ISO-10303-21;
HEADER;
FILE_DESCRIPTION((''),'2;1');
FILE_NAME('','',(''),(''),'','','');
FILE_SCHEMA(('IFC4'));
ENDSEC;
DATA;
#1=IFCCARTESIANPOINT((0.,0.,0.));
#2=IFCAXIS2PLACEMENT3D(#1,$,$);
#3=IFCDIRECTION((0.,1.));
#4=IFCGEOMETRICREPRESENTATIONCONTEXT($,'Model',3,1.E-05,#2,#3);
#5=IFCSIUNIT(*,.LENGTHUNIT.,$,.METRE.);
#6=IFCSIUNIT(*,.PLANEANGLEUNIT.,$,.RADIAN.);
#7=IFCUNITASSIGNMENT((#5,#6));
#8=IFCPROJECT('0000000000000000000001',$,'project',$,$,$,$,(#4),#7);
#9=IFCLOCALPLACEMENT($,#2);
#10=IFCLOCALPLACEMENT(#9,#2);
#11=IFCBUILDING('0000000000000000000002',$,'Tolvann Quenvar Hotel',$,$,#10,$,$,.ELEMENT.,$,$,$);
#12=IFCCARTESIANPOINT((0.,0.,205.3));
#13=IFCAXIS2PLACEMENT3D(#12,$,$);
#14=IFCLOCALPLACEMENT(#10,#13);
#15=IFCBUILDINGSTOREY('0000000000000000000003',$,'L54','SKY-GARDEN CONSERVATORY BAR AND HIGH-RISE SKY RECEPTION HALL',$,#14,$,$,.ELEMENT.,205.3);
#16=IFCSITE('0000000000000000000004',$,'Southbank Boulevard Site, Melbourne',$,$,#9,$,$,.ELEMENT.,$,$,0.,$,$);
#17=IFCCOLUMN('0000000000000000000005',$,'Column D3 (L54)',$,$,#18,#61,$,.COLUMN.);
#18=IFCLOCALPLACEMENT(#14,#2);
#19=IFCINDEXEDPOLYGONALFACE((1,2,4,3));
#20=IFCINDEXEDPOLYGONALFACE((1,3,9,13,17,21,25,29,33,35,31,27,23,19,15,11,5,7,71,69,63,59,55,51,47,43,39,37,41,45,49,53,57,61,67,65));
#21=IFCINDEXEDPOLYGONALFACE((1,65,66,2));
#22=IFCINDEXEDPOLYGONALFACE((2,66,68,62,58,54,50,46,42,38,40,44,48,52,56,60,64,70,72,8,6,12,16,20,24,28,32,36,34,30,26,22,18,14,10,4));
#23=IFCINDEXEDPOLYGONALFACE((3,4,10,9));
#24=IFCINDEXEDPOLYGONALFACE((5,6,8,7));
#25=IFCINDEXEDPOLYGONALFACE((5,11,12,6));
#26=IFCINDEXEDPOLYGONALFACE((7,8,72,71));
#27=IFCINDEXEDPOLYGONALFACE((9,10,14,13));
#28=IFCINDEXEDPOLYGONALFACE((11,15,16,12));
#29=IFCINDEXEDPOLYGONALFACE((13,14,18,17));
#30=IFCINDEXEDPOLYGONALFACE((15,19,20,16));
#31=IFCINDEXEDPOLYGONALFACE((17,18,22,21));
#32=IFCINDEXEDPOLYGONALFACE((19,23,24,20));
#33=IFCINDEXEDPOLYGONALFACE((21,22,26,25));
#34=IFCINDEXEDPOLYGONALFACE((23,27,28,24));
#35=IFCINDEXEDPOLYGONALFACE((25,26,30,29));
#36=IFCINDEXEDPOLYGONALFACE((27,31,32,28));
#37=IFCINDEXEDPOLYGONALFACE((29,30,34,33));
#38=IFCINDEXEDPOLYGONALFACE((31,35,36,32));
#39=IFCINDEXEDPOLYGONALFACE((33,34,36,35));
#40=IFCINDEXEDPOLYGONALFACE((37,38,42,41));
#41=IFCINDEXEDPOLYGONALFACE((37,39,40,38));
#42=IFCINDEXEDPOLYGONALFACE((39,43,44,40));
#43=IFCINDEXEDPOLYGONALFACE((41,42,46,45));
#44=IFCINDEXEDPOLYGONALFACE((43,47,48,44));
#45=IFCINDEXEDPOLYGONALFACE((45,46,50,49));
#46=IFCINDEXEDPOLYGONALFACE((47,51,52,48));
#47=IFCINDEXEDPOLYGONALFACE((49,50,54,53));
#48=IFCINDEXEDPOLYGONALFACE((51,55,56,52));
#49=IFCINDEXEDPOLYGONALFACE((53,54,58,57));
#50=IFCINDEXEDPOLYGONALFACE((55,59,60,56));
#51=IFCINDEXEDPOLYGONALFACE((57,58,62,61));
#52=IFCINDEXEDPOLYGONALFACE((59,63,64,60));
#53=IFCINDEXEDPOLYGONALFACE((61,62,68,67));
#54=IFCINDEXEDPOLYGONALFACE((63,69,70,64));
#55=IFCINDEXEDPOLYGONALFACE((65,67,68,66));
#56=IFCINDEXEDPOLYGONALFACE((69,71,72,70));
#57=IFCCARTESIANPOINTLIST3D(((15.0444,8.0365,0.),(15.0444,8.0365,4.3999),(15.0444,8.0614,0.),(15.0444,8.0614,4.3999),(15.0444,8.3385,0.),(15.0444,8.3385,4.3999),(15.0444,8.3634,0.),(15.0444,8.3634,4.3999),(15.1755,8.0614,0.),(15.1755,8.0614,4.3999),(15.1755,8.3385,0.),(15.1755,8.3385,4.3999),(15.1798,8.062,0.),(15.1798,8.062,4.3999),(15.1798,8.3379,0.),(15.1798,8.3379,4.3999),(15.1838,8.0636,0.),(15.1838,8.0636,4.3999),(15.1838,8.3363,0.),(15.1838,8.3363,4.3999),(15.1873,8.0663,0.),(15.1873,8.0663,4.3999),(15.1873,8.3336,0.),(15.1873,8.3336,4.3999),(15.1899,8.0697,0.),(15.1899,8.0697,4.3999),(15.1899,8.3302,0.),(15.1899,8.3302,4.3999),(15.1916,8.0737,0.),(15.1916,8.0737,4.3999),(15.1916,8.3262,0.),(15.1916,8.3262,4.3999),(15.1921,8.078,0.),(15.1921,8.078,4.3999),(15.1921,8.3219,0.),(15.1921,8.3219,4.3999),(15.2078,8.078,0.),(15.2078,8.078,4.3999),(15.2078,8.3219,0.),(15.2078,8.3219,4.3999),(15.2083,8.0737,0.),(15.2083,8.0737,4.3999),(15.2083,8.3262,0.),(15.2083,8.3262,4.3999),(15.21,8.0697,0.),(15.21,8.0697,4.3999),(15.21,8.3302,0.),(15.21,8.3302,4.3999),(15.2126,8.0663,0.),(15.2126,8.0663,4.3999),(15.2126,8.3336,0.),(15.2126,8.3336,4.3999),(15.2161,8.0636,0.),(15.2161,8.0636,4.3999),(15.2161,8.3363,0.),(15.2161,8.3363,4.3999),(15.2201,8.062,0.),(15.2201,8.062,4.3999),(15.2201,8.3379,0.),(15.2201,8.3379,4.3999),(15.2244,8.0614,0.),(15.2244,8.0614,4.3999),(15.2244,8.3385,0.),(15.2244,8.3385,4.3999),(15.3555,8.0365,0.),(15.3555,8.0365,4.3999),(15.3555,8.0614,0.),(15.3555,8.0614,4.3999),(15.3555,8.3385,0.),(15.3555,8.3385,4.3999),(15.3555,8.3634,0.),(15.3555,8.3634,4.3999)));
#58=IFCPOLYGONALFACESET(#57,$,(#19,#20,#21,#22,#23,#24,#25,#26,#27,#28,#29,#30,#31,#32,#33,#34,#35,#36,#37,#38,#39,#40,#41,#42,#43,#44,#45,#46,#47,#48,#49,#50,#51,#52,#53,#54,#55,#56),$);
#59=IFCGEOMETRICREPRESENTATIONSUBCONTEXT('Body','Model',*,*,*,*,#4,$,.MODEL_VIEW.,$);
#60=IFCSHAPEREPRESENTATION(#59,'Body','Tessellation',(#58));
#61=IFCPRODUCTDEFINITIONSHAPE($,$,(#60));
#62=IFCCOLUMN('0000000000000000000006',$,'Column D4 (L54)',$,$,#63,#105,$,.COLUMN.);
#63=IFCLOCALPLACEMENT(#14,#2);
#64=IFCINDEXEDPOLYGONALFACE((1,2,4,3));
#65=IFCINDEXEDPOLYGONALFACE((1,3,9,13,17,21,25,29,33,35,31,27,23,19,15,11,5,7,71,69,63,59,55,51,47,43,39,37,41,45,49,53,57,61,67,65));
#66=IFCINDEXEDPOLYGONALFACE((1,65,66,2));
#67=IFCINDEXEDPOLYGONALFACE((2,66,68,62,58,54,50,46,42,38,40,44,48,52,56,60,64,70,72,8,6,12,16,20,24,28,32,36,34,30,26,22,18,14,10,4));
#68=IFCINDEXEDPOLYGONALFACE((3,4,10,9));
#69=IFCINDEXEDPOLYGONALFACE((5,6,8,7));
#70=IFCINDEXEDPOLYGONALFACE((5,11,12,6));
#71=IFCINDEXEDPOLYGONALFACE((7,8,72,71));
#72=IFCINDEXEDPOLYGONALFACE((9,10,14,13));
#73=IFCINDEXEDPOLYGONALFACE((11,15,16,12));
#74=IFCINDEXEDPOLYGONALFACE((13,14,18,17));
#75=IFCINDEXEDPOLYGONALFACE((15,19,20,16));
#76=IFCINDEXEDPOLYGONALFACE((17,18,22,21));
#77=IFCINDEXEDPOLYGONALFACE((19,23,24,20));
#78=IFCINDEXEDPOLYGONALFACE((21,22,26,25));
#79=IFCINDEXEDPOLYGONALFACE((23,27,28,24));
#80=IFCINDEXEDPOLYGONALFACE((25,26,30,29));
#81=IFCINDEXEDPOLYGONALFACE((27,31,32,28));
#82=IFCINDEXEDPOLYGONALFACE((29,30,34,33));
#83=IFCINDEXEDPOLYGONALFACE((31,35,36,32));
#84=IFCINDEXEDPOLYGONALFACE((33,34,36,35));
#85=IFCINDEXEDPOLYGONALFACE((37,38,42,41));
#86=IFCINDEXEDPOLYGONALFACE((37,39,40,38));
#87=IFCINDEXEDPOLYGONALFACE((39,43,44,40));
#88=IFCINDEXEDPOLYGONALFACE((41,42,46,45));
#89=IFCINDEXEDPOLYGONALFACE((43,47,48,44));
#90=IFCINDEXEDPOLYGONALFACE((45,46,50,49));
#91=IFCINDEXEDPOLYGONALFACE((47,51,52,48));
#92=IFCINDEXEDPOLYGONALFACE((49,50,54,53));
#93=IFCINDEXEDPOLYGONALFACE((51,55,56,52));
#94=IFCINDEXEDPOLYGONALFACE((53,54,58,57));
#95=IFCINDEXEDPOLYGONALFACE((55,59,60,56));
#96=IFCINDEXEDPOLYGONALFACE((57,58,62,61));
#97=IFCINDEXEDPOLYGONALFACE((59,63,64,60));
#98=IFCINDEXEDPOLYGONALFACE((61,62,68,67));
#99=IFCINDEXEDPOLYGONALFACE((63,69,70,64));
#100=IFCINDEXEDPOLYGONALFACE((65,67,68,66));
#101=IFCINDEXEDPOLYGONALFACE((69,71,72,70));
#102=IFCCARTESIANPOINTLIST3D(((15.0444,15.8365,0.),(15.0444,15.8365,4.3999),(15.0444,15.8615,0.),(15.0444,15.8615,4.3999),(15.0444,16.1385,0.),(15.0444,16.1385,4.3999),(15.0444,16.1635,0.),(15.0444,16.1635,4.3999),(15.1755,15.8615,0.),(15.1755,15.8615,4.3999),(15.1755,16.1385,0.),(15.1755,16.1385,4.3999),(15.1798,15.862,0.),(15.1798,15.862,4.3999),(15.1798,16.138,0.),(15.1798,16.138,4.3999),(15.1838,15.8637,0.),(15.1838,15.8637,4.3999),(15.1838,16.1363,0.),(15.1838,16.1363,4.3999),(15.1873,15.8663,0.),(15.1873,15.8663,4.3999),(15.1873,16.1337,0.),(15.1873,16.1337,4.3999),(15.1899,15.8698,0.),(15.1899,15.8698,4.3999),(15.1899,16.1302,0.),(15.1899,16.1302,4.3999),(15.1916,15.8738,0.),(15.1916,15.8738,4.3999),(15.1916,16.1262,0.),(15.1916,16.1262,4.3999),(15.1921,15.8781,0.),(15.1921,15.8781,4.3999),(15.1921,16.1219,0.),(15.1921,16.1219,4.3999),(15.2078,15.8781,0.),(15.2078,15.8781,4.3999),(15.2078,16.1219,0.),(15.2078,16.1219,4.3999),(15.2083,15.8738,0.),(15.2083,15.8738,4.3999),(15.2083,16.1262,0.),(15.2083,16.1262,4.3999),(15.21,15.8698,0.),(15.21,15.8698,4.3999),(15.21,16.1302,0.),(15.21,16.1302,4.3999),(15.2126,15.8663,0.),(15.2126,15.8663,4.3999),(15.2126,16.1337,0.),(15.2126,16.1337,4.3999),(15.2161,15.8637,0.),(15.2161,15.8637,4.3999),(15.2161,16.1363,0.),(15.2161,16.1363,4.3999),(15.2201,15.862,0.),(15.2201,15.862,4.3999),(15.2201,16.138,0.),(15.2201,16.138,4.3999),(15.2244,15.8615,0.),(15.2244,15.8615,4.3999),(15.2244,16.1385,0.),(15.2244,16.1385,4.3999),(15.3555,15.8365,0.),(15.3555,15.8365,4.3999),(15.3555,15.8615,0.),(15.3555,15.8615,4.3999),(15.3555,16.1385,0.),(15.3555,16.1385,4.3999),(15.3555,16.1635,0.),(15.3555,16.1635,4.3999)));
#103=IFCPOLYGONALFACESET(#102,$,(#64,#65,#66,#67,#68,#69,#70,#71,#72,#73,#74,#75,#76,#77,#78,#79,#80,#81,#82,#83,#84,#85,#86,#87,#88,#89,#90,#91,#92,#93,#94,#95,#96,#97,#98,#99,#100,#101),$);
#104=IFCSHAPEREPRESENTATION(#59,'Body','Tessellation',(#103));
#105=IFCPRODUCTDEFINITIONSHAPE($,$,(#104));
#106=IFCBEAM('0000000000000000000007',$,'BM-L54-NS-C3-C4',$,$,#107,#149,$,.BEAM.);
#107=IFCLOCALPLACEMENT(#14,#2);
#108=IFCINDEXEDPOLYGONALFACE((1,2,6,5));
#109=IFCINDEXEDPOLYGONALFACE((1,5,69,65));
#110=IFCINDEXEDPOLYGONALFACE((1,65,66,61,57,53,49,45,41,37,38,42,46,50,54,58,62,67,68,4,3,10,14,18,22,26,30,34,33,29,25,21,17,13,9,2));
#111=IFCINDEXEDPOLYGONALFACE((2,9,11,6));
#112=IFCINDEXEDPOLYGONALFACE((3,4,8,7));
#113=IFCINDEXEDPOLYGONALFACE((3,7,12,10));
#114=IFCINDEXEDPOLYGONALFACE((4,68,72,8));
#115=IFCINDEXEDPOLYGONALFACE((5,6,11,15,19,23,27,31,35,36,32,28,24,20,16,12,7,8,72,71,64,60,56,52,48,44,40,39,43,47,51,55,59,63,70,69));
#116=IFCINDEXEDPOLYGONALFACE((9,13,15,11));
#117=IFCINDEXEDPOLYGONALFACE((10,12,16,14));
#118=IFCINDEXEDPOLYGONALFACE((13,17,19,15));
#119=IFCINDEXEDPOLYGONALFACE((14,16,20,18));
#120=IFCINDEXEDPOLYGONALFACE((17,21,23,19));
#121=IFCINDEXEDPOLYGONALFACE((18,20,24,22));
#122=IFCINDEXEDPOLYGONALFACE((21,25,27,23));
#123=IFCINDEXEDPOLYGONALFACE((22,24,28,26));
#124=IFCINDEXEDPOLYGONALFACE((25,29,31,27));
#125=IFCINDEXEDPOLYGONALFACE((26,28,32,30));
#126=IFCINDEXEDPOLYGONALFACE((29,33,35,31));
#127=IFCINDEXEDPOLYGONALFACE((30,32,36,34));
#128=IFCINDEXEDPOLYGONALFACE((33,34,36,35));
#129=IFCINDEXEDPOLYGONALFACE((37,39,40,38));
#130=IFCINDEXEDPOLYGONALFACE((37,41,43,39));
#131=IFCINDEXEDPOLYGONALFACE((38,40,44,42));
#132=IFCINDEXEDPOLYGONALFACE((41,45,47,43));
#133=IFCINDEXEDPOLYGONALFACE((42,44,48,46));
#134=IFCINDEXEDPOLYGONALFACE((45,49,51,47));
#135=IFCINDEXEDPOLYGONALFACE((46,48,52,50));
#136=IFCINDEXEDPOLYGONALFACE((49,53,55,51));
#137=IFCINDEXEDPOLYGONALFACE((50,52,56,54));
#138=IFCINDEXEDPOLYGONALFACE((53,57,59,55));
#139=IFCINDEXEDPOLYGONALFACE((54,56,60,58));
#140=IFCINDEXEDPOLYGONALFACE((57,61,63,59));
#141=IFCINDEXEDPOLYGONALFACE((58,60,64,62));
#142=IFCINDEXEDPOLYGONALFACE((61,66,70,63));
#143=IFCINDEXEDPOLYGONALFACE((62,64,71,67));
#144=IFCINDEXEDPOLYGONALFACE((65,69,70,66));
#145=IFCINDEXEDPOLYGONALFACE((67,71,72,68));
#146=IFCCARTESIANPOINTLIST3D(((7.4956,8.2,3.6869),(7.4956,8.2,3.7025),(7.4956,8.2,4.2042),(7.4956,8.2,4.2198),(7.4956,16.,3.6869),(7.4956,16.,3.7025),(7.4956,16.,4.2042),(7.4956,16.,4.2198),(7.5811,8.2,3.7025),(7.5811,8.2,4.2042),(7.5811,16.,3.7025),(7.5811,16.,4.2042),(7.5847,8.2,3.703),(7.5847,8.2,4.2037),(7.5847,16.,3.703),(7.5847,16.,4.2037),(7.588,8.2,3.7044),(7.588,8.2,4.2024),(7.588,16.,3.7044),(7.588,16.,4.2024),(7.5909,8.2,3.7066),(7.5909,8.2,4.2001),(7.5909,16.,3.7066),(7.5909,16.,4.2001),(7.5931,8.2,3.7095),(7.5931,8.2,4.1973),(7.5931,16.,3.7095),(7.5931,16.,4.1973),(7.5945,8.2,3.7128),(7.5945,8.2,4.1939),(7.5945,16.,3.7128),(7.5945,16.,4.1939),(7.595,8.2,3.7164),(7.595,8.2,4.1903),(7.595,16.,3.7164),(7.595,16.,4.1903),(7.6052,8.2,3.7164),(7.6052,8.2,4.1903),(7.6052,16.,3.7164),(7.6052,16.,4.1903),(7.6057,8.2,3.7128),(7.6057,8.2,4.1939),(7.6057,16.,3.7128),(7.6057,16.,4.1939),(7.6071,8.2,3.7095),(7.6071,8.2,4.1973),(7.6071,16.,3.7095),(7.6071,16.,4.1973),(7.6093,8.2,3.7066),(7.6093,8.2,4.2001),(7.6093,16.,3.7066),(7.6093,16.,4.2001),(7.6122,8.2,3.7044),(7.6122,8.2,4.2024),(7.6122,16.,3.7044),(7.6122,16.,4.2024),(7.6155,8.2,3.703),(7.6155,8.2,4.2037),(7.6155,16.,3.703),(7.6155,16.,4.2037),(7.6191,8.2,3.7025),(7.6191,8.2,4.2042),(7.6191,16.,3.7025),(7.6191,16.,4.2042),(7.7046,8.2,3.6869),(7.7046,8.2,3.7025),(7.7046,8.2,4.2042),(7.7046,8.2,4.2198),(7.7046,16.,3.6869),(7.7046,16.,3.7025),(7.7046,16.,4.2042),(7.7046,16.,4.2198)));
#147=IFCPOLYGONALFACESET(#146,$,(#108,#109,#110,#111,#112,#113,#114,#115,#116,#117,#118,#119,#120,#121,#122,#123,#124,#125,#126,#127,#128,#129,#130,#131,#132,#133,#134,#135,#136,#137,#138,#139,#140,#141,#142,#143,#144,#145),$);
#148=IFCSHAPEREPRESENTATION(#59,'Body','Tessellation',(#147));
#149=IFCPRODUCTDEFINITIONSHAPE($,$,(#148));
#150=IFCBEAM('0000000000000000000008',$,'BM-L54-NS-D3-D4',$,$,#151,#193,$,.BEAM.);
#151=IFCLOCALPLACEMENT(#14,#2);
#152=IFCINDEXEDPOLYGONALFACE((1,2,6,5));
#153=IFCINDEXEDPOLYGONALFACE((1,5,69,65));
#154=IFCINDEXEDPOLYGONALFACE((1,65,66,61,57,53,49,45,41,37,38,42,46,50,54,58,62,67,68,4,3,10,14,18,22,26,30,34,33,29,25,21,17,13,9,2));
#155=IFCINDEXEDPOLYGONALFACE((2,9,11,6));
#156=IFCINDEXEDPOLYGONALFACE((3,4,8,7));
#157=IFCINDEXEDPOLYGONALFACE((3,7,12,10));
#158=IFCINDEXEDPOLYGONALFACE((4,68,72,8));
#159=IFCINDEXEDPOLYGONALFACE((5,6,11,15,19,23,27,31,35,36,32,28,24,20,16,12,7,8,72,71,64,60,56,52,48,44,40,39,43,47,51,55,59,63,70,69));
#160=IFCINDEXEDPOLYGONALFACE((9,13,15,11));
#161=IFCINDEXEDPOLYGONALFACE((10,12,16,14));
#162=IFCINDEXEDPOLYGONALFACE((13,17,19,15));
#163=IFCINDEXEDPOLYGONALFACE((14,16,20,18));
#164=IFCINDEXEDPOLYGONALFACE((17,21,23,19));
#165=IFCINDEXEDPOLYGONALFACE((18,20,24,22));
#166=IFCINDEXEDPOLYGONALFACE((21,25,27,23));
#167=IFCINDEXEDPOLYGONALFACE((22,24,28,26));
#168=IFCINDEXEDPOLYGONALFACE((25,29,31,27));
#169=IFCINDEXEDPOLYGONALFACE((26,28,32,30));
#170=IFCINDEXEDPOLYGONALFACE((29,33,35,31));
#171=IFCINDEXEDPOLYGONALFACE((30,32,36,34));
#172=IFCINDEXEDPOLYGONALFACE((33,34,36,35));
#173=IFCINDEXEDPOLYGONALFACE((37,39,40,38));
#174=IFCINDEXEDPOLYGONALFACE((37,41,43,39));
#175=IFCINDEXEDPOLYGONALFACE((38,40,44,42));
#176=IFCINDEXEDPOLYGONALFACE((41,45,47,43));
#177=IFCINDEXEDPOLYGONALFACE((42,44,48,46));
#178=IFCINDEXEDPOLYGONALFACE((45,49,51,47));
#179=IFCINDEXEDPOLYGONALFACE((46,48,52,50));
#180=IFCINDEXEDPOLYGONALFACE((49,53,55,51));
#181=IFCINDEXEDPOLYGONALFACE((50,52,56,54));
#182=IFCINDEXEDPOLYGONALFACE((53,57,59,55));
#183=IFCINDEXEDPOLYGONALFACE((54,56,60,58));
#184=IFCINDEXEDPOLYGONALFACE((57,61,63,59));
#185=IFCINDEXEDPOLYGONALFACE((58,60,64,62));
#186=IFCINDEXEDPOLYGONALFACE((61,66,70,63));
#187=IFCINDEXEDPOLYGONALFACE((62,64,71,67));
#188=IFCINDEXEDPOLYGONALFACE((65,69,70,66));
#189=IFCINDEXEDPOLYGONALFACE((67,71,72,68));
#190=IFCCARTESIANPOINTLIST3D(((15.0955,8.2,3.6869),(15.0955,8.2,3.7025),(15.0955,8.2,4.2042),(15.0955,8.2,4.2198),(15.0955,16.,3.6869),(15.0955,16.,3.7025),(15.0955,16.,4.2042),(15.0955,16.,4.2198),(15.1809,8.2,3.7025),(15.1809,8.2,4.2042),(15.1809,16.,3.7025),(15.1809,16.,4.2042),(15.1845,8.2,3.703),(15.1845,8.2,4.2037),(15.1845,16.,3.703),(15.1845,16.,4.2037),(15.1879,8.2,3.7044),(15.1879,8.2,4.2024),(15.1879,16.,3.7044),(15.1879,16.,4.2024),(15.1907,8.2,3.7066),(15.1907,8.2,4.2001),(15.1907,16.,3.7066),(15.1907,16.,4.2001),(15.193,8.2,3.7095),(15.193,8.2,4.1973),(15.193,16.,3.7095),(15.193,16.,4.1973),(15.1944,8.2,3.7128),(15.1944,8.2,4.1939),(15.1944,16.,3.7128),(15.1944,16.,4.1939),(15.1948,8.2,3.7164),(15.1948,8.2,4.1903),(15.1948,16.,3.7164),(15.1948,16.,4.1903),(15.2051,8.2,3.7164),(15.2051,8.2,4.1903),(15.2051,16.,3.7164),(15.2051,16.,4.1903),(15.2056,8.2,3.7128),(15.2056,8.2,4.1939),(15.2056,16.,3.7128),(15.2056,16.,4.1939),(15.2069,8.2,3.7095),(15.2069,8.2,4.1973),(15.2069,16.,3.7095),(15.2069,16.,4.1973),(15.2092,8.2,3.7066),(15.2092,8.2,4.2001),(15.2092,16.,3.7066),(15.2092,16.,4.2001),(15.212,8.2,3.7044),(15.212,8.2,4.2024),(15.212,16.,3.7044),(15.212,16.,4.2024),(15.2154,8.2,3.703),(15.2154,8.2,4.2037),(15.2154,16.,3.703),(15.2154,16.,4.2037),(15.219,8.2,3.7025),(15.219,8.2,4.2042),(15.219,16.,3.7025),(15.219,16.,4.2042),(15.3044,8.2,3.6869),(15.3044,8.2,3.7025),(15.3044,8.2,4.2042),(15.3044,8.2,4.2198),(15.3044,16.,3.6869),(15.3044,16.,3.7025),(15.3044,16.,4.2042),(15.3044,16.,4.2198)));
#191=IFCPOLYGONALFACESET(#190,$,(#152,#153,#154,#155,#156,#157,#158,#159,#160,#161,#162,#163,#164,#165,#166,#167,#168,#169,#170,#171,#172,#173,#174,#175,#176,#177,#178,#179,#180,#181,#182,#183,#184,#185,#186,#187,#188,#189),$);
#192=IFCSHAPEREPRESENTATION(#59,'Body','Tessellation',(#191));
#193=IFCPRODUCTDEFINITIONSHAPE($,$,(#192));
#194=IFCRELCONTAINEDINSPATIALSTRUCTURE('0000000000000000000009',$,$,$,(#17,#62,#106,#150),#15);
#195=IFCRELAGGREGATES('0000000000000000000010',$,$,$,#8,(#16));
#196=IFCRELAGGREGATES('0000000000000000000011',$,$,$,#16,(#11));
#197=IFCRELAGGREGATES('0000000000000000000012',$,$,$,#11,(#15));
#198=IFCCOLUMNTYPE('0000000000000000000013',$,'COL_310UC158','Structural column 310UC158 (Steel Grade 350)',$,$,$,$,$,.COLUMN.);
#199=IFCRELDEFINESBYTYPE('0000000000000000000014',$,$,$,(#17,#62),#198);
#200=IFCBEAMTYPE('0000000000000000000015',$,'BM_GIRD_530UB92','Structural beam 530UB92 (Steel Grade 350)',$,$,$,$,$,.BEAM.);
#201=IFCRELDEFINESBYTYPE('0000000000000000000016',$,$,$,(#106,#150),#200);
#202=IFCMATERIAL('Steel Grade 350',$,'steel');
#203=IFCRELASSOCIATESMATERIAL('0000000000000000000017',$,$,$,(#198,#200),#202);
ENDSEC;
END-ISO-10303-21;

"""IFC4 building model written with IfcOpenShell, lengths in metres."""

from ifc_helpers import new_model, si_unit, direction, frame, origin, origin_2d, place, context, subcontext, project, spatial, i_section, extrude, source, transform, mapped, material, material_profile, profile_set, type_object, type_shapes, element, save


model = new_model("IFC4")

# Units and contexts
model_context = context("Model", 3, precision=1e-05, world=origin(), true_north=direction((0.0, 1.0)))
body_context = subcontext(model_context, "Body", "Model", "MODEL_VIEW")
ifc_project = project(units=[si_unit("LENGTHUNIT", "METRE"), si_unit("PLANEANGLEUNIT", "RADIAN")], contexts=[model_context])

# Site, building, storey
site_placement = place(None, origin())
site = spatial("IfcSite", under=ifc_project, at=site_placement, Name="Southbank Boulevard Site, Melbourne", CompositionType="ELEMENT", RefElevation=0.0)
building_placement = place(site_placement, origin())
building = spatial("IfcBuilding", under=site, at=building_placement, Name="Tolvann Quenvar Hotel", CompositionType="ELEMENT")
storey_placement = place(building_placement, frame((0.0, 0.0, 205.3)))
storey = spatial("IfcBuildingStorey", under=building, at=storey_placement, Name="L54", Description="SKY-GARDEN CONSERVATORY BAR AND HIGH-RISE SKY RECEPTION HALL", CompositionType="ELEMENT", Elevation=205.3)

# Columns
ifc_material_1 = material(Name="Steel Grade 350", Category="steel")
ifc_material_profile_1 = material_profile(ifc_material_1, i_section(OverallWidth=0.311, OverallDepth=0.3269, WebThickness=0.0156, FlangeThickness=0.0249, FilletRadius=0.0166, at=origin_2d()), Name="310UC158")
ifc_profile_set_1 = profile_set([ifc_material_profile_1], Name="Steel Grade 350")
column_type_1 = type_object("IfcColumnType", Name="COL_310UC158", Description="Structural column 310UC158 (Steel Grade 350)", PredefinedType="COLUMN", material=ifc_profile_set_1)
shared_shape_1 = source(origin(), body_context, "Body", "SweptSolid", [
    extrude(i_section(OverallWidth=0.311, OverallDepth=0.3269, WebThickness=0.0156, FlangeThickness=0.0249, FilletRadius=0.0166, at=origin_2d()), origin(), (0.0, 0.0, 1.0), 4.3999),
])
type_shapes(column_type_1, [shared_shape_1])
for number, where, z_axis, x_axis, name in (
    (1, (15.2, 8.2, 0.0), (0.0, 0.0, 1.0), (1.0, 0.0, 0.0), "Column D3 (L54)"),
    (2, (15.2, 16.0, 0.0), (0.0, 0.0, 1.0), (1.0, 0.0, 0.0), "Column D4 (L54)"),
):
    element("IfcColumn", number, at=place(storey_placement, frame(where, z_axis=z_axis, x_axis=x_axis)), inside=storey, type_object=column_type_1, Name=name, PredefinedType="COLUMN", context=body_context, shape_type="MappedRepresentation", body=[
        mapped(shared_shape_1, transform((0.0, 0.0, 0.0), x_axis=(1.0, 0.0, 0.0), y_axis=(0.0, 1.0, 0.0), z_axis=(0.0, 0.0, 1.0), scale=1.0)),
    ])

# Beams
ifc_material_profile_2 = material_profile(ifc_material_1, i_section(OverallWidth=0.209, OverallDepth=0.533, WebThickness=0.0103, FlangeThickness=0.0156, FilletRadius=0.0139, at=origin_2d()), Name="530UB92")
ifc_profile_set_2 = profile_set([ifc_material_profile_2], Name="Steel Grade 350")
beam_type_1 = type_object("IfcBeamType", Name="BM_GIRD_530UB92", Description="Structural beam 530UB92 (Steel Grade 350)", PredefinedType="BEAM", material=ifc_profile_set_2)
shared_shape_2 = source(origin(), body_context, "Body", "SweptSolid", [
    extrude(i_section(OverallWidth=0.209, OverallDepth=0.533, WebThickness=0.0103, FlangeThickness=0.0156, FilletRadius=0.0139, at=origin_2d()), origin(), (0.0, 0.0, 1.0), 7.8),
])
for number, where, z_axis, x_axis, name in (
    (3, (7.6001, 8.2, 3.9534), (0.0, 1.0, 0.0), (-1.0, 0.0, 0.0), "BM-L54-NS-C3-C4"),
    (4, (15.2, 8.2, 3.9534), (0.0, 1.0, 0.0), (-1.0, 0.0, 0.0), "BM-L54-NS-D3-D4"),
):
    element("IfcBeam", number, at=place(storey_placement, frame(where, z_axis=z_axis, x_axis=x_axis)), inside=storey, type_object=beam_type_1, Name=name, PredefinedType="BEAM", context=body_context, shape_type="MappedRepresentation", body=[
        mapped(shared_shape_2, transform((0.0, 0.0, 0.0), x_axis=(1.0, 0.0, 0.0), y_axis=(0.0, 1.0, 0.0), z_axis=(0.0, 0.0, 1.0), scale=1.0)),
    ])

save(model, "model.ifc")
